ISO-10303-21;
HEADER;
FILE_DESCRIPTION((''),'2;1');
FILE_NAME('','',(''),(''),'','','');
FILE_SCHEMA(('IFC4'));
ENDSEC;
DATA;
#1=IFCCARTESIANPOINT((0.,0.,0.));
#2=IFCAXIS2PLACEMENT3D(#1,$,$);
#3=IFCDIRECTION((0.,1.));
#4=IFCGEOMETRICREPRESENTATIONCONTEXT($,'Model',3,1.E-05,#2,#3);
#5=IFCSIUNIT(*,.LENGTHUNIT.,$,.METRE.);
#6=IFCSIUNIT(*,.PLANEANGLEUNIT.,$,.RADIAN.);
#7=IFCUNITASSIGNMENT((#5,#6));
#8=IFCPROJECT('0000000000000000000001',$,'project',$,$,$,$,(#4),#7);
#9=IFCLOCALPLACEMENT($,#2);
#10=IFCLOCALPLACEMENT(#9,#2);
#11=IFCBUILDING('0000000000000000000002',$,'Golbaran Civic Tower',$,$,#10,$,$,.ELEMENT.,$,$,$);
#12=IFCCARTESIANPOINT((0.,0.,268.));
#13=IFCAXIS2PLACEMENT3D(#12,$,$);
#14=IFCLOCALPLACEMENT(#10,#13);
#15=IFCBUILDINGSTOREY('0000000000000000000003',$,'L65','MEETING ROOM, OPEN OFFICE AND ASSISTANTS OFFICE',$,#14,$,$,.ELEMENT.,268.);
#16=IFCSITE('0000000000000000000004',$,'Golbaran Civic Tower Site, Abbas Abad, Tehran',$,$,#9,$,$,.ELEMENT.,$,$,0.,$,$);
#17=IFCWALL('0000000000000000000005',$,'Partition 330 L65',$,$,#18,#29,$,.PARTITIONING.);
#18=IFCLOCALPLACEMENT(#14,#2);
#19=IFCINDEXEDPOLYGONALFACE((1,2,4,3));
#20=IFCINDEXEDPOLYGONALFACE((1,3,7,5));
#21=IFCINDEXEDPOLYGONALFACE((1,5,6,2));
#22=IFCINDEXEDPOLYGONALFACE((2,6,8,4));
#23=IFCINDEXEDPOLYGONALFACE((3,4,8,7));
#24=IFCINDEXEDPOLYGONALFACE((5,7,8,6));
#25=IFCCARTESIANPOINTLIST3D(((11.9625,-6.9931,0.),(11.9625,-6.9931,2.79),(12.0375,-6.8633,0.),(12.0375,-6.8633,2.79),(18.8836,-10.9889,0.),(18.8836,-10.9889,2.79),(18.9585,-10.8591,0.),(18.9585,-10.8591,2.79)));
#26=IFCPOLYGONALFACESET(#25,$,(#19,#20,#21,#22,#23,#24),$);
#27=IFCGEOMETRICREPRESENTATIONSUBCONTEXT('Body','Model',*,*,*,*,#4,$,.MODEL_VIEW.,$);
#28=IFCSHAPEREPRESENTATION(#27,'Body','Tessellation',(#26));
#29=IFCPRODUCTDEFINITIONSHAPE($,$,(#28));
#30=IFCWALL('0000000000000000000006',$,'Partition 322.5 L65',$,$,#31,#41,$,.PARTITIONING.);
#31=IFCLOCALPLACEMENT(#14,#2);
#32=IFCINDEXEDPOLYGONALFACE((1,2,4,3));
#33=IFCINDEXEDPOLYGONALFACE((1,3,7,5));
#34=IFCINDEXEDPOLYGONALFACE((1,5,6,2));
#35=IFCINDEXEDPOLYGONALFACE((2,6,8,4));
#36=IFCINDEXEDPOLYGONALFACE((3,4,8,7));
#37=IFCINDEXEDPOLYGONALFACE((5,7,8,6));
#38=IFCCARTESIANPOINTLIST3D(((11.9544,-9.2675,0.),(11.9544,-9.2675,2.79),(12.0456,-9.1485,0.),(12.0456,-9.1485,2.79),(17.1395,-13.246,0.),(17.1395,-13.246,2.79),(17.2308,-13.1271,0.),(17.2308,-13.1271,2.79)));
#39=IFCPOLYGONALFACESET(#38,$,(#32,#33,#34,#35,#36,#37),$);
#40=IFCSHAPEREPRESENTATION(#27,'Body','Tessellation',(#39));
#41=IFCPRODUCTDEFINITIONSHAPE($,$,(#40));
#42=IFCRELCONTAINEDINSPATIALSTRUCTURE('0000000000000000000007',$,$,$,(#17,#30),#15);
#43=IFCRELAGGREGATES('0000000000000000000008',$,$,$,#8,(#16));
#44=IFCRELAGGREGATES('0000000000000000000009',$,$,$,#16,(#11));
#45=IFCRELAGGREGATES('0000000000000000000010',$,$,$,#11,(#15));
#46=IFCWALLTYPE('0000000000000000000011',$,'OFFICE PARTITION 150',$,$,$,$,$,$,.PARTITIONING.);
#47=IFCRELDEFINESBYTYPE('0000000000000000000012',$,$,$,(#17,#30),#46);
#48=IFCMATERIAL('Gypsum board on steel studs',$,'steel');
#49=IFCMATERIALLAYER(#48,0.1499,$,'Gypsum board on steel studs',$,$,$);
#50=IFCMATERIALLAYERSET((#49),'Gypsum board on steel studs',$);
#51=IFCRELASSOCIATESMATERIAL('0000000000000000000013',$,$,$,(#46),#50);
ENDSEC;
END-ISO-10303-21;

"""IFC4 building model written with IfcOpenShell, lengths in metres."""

from ifc_helpers import new_model, si_unit, direction, frame, frame_2d, origin, place, context, subcontext, project, spatial, rectangle, extrude, material, layer, layer_set, type_object, element, save


model = new_model("IFC4")

# Units and contexts
model_context = context("Model", 3, precision=1e-05, world=origin(), true_north=direction((0.0, 1.0)))
body_context = subcontext(model_context, "Body", "Model", "MODEL_VIEW")
ifc_project = project(units=[si_unit("LENGTHUNIT", "METRE"), si_unit("PLANEANGLEUNIT", "RADIAN")], contexts=[model_context])

# Site, building, storey
site_placement = place(None, origin())
site = spatial("IfcSite", under=ifc_project, at=site_placement, Name="Golbaran Civic Tower Site, Abbas Abad, Tehran", CompositionType="ELEMENT", RefElevation=0.0)
building_placement = place(site_placement, origin())
building = spatial("IfcBuilding", under=site, at=building_placement, Name="Golbaran Civic Tower", CompositionType="ELEMENT")
storey_placement = place(building_placement, frame((0.0, 0.0, 268.0)))
storey = spatial("IfcBuildingStorey", under=building, at=storey_placement, Name="L65", Description="MEETING ROOM, OPEN OFFICE AND ASSISTANTS OFFICE", CompositionType="ELEMENT", Elevation=268.0)

# Walls
ifc_material_1 = material(Name="Gypsum board on steel studs", Category="steel")
ifc_layer_1 = layer(ifc_material_1, 0.1499, Name="Gypsum board on steel studs")
ifc_layer_set_1 = layer_set([ifc_layer_1], Name="Gypsum board on steel studs")
wall_type_1 = type_object("IfcWallType", Name="OFFICE PARTITION 150", PredefinedType="PARTITIONING", material=ifc_layer_set_1)
wall_1_placement = place(storey_placement, frame((12.0, -6.9282, 0.0), z_axis=(0.0, 0.0, 1.0), x_axis=(0.866029, -0.499993, 0.0)))
element("IfcWall", 1, at=wall_1_placement, inside=storey, type_object=wall_type_1, Name="Partition 330 L65", PredefinedType="PARTITIONING", context=body_context, shape_type="SweptSolid", body=[
    extrude(rectangle(XDim=7.9917, YDim=0.1499, at=frame_2d((3.9958, 0.0))), origin(), (0.0, 0.0, 1.0), 2.79),
])
wall_2_placement = place(storey_placement, frame((12.0, -9.208, 0.0), z_axis=(0.0, 0.0, 1.0), x_axis=(0.793362, -0.60875, 0.0)))
element("IfcWall", 2, at=wall_2_placement, inside=storey, type_object=wall_type_1, Name="Partition 322.5 L65", PredefinedType="PARTITIONING", context=body_context, shape_type="SweptSolid", body=[
    extrude(rectangle(XDim=6.5356, YDim=0.1499, at=frame_2d((3.2678, 0.0))), origin(), (0.0, 0.0, 1.0), 2.79),
])

save(model, "model.ifc")
